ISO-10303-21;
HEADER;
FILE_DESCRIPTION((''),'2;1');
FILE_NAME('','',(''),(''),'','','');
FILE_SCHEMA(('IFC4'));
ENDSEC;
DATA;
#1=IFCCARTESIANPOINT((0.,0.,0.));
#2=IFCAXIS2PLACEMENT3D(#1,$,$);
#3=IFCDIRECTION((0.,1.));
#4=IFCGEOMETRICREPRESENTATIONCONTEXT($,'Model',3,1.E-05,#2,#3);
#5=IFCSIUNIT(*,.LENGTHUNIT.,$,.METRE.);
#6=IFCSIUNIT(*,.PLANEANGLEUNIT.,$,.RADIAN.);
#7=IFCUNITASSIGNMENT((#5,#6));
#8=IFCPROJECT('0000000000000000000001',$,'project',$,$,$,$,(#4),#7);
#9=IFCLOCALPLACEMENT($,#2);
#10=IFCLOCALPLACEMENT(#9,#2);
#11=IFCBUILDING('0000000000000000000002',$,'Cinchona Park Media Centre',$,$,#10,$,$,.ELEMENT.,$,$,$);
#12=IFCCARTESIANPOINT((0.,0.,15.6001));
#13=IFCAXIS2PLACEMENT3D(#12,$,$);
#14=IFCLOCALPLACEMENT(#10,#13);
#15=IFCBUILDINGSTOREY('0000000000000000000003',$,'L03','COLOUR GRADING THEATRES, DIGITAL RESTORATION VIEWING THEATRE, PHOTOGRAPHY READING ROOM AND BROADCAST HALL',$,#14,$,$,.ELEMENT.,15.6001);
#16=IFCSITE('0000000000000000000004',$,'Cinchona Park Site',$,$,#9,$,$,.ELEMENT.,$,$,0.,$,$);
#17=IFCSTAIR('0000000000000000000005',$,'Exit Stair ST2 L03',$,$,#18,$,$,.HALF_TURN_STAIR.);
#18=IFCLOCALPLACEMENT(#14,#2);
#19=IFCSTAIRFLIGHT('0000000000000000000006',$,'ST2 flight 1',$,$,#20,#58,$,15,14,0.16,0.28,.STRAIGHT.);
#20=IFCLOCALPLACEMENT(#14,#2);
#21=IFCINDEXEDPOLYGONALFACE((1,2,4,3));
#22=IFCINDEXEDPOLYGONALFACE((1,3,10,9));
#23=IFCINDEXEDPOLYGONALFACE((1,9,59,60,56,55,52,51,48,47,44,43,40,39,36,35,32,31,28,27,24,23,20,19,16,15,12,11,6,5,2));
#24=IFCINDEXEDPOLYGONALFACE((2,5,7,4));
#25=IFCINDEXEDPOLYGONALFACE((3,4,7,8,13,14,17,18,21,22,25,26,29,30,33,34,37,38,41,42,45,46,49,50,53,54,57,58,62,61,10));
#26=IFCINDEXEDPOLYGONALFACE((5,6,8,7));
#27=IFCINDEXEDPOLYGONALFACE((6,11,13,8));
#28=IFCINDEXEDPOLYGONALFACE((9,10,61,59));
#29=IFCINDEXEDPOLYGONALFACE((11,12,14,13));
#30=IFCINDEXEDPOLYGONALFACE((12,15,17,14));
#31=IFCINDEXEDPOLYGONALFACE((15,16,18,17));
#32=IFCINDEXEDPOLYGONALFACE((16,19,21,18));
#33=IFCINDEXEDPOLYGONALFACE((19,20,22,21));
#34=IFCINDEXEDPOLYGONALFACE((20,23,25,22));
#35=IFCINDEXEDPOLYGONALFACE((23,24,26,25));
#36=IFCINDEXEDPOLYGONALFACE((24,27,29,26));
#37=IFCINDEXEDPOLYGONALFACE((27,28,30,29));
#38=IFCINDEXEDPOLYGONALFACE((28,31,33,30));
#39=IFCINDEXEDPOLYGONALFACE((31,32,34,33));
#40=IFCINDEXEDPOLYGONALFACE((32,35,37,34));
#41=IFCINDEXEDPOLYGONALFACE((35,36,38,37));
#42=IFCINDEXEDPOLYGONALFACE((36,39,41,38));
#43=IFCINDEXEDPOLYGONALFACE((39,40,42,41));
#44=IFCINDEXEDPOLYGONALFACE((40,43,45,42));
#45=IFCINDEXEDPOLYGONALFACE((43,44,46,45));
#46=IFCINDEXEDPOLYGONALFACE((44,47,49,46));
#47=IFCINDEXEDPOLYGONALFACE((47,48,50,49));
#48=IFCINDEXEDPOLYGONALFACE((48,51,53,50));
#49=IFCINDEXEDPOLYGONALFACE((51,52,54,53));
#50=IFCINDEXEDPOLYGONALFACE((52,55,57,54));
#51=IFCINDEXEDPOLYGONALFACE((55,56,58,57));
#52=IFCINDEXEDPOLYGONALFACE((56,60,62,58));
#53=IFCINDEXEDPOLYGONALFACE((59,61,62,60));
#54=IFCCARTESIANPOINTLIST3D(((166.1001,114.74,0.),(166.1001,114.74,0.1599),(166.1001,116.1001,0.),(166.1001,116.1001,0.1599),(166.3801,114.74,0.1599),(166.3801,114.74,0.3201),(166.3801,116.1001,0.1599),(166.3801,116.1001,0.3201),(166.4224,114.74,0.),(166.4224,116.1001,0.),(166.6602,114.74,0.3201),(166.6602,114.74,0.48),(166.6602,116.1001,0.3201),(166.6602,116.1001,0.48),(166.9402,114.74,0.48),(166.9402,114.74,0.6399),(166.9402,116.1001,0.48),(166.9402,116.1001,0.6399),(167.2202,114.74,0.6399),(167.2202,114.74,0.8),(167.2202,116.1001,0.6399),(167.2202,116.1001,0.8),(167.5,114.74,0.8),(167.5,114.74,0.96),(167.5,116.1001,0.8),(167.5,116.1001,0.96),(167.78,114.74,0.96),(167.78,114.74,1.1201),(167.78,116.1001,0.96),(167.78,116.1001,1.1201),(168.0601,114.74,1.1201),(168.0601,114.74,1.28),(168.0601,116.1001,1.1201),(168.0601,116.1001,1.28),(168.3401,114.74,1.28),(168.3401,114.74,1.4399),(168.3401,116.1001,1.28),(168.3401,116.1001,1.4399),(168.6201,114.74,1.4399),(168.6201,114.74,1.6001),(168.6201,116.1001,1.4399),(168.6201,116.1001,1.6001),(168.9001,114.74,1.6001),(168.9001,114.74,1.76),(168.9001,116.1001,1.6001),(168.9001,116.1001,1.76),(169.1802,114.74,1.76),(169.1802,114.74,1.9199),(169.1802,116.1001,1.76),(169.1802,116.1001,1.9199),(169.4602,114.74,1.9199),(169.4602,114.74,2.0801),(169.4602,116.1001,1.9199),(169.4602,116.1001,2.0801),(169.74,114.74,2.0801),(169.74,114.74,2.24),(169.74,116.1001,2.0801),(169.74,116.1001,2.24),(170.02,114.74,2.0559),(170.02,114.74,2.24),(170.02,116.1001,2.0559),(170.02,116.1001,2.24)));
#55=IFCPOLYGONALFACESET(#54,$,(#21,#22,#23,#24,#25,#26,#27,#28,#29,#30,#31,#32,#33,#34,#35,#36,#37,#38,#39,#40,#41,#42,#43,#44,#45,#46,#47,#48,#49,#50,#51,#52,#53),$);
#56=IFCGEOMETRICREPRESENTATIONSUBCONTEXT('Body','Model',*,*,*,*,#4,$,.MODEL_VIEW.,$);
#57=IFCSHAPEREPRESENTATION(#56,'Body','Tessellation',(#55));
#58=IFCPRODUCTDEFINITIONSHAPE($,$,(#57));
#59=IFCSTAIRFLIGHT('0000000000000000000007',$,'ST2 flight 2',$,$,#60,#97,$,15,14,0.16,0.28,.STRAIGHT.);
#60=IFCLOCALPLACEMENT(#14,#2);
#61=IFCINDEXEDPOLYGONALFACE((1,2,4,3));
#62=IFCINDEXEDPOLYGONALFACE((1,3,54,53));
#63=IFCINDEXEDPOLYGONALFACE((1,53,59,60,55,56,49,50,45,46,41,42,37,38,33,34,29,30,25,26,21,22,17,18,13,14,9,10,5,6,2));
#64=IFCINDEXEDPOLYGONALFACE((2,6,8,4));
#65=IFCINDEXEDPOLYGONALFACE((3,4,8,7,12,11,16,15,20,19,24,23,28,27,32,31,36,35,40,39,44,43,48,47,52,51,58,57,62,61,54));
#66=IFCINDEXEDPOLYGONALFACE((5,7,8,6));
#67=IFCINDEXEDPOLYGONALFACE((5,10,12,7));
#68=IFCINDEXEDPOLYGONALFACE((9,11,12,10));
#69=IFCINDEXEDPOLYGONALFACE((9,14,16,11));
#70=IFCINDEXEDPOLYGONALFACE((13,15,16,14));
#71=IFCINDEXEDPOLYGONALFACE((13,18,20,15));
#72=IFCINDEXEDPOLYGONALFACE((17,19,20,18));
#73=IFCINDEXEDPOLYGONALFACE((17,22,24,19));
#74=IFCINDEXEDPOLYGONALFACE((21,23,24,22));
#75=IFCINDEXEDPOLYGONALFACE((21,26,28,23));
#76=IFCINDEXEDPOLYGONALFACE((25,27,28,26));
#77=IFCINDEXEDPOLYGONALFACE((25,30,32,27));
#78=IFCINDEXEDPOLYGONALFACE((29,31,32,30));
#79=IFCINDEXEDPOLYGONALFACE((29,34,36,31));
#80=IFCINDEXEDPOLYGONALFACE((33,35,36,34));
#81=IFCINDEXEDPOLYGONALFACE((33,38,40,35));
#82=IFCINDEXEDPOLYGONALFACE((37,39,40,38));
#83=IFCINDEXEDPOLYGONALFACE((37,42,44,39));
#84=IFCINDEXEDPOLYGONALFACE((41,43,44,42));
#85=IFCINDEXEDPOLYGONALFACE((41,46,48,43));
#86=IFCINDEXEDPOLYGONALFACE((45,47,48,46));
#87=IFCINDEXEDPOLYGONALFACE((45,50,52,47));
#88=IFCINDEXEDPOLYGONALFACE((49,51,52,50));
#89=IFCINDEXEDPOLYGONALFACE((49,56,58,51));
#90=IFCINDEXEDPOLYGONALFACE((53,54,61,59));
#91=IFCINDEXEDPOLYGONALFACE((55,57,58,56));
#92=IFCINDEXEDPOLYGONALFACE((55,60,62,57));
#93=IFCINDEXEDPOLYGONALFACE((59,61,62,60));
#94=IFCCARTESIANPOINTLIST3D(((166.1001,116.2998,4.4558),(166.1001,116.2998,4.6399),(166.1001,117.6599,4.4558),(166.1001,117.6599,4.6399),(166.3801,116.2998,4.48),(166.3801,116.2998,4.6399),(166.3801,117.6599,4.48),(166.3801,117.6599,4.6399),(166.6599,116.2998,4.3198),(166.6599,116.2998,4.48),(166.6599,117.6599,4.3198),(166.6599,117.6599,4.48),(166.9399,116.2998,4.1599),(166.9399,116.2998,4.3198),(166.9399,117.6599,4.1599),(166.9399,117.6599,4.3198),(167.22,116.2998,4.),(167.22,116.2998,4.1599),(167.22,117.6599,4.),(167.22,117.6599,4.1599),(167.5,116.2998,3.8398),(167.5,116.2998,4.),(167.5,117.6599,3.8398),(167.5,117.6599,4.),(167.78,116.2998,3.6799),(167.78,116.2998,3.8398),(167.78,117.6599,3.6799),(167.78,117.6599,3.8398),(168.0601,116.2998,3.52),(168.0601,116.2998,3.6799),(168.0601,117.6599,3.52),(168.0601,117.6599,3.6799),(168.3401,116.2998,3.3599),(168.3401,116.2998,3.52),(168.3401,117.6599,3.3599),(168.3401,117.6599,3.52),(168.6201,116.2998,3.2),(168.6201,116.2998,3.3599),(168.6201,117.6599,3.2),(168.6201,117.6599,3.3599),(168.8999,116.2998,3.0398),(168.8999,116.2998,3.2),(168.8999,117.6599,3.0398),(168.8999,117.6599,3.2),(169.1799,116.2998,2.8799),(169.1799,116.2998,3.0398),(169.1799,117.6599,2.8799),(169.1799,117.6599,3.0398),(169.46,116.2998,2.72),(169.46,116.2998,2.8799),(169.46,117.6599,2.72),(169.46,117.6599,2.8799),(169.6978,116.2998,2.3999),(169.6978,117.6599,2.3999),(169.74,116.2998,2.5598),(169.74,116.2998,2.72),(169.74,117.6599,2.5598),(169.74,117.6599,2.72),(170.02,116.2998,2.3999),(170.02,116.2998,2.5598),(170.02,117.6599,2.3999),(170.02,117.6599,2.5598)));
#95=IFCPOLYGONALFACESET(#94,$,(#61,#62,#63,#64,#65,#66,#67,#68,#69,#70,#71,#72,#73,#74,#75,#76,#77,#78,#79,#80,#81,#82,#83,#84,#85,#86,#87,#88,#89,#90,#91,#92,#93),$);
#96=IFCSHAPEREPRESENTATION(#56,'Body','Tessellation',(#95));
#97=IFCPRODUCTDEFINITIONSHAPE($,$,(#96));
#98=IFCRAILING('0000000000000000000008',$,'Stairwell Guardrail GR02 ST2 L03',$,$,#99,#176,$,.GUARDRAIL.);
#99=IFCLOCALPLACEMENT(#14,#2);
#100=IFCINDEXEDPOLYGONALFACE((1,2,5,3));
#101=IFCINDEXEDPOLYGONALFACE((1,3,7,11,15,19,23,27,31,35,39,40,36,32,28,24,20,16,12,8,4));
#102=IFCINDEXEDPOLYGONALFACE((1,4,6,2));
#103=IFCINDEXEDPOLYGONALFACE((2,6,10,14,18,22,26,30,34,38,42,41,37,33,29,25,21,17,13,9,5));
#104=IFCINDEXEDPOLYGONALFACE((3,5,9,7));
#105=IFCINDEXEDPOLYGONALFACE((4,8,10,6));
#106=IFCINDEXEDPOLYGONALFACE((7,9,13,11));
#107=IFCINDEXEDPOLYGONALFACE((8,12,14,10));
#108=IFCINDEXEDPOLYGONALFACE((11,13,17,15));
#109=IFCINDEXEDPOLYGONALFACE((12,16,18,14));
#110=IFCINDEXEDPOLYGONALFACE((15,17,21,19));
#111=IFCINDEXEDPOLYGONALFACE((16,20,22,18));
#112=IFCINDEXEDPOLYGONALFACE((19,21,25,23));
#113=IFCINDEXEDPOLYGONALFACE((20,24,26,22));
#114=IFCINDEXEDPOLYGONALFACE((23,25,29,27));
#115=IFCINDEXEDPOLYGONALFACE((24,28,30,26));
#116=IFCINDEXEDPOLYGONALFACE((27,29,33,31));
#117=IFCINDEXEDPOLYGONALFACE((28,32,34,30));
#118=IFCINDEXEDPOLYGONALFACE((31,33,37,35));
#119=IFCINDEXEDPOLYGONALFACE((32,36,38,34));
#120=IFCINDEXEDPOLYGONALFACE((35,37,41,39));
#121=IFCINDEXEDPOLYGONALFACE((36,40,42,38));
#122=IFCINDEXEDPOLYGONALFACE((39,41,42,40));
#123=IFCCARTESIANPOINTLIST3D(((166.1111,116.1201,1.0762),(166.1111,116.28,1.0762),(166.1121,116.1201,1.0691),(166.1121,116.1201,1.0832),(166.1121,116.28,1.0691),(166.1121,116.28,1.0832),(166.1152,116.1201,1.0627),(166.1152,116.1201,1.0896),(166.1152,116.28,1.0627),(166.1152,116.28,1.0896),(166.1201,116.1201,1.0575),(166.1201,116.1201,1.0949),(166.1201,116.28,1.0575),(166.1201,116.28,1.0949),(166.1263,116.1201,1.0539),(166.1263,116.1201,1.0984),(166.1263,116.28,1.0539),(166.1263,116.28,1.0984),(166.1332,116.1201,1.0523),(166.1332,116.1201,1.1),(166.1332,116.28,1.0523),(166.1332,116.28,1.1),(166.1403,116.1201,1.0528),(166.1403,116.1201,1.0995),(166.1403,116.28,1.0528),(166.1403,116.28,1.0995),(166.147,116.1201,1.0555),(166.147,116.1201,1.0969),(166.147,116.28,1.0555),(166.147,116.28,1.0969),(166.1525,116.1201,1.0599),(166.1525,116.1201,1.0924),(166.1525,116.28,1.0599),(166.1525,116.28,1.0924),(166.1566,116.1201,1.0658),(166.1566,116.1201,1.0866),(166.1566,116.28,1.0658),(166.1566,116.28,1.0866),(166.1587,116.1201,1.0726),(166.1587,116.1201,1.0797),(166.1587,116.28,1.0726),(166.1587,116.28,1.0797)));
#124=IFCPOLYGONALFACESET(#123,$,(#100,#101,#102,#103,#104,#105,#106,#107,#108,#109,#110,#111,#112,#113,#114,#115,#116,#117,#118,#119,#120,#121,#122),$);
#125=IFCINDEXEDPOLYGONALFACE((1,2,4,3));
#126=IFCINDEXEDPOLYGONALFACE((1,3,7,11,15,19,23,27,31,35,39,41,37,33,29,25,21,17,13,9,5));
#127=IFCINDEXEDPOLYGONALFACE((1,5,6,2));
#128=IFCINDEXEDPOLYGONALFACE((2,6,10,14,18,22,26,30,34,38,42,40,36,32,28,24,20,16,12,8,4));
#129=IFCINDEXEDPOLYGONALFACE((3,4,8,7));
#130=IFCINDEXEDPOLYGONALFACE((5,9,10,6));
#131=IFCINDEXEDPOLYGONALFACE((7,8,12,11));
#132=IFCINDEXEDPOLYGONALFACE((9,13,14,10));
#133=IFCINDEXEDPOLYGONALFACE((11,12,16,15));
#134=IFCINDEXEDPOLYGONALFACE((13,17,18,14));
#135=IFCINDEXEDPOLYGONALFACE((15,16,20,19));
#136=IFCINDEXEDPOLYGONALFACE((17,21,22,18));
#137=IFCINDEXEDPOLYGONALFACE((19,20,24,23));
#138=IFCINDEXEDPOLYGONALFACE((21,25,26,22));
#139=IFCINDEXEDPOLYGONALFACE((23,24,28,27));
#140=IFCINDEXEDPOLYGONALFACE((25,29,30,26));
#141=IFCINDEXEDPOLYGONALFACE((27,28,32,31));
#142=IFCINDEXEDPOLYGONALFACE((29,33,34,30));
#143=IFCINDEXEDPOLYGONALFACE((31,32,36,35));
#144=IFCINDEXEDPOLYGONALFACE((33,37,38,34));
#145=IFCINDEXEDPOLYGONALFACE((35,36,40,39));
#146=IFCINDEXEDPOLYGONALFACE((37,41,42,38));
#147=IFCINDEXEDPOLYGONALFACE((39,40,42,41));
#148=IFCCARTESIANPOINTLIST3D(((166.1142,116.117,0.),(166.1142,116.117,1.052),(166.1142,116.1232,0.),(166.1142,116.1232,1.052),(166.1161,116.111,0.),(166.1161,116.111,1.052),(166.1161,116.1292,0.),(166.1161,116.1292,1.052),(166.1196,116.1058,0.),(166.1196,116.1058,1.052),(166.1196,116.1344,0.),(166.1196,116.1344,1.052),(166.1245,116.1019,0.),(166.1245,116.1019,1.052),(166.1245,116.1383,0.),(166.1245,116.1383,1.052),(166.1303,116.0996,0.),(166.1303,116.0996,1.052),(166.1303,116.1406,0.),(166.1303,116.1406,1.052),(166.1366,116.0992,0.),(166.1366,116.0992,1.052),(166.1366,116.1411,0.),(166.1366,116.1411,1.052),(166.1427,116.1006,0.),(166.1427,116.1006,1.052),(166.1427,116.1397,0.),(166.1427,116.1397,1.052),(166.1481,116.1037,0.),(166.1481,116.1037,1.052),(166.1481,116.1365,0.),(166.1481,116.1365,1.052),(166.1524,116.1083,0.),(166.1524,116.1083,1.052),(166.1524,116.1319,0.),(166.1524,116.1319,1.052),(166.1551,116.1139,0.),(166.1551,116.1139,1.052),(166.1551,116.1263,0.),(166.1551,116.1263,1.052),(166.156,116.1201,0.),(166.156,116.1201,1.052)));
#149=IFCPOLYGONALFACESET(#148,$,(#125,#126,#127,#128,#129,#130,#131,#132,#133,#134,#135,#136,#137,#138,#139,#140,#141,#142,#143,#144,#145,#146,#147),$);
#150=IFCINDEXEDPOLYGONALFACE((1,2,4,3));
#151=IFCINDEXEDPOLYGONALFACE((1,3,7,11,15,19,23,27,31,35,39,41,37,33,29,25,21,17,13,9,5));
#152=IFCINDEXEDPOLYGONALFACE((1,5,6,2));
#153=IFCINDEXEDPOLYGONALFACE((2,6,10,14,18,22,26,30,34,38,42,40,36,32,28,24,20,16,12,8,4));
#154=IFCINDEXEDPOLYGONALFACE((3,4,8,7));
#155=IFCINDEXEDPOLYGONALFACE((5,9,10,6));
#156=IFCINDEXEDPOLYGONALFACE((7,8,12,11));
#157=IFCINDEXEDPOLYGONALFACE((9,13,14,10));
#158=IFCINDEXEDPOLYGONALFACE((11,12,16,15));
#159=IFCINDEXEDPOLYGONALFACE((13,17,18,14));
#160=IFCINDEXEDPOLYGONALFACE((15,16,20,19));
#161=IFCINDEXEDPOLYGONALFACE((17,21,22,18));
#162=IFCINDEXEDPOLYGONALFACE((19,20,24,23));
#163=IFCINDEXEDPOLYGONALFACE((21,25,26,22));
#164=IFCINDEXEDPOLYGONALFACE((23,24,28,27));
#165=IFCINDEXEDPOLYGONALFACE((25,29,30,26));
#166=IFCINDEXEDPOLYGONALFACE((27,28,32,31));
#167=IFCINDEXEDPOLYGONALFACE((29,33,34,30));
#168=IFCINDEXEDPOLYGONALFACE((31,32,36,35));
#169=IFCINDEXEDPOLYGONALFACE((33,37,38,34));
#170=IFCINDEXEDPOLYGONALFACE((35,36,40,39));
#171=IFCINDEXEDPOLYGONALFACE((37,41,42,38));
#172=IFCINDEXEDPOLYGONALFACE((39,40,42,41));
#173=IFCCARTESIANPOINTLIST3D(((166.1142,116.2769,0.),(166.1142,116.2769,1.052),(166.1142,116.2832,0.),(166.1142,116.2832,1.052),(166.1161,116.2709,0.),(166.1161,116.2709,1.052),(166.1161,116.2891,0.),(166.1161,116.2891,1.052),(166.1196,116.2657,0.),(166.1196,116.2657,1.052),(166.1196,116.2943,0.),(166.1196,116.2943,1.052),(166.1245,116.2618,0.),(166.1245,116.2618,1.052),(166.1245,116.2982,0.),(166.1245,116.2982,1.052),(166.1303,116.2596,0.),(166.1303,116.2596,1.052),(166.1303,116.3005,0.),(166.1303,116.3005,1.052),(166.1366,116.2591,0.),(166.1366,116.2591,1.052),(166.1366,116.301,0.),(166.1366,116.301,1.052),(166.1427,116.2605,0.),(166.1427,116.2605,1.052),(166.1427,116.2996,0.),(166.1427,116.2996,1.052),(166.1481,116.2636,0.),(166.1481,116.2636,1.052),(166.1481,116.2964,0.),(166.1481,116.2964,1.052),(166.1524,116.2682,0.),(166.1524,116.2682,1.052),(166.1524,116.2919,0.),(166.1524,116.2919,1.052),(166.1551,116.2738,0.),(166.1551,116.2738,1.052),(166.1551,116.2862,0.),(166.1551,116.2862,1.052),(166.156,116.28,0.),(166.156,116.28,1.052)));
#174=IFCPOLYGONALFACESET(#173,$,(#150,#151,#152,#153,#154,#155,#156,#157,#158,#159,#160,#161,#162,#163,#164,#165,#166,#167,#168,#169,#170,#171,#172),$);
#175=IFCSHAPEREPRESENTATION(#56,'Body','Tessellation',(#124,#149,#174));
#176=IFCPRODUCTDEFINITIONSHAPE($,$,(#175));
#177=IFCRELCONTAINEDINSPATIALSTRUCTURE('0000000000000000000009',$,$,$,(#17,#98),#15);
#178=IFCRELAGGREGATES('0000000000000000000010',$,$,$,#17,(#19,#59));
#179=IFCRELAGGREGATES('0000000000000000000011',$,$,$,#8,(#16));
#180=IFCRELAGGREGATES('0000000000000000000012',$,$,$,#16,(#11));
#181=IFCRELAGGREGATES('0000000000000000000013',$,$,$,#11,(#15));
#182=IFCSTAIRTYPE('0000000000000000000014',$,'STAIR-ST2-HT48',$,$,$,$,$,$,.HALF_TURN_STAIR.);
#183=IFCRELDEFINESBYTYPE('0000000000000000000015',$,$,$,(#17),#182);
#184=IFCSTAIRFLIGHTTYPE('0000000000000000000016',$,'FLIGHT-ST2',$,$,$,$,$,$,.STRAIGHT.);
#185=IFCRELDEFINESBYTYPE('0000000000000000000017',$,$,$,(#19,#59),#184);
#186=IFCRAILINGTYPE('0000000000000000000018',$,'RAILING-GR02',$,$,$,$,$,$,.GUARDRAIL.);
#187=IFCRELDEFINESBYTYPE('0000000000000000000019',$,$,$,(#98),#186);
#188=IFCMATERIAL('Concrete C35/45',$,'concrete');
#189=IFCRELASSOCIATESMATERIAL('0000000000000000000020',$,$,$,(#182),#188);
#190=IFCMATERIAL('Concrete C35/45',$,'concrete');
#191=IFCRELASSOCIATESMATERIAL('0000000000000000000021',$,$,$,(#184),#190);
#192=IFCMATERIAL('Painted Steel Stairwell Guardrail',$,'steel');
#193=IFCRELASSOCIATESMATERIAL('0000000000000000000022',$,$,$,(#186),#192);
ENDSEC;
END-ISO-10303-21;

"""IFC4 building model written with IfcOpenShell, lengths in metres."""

from ifc_helpers import new_model, si_unit, direction, frame, origin, origin_2d, place, context, subcontext, project, spatial, polyline, circle, outline, extrude, material, type_object, element, aggregate, save


model = new_model("IFC4")

# Units and contexts
model_context = context("Model", 3, precision=1e-05, world=origin(), true_north=direction((0.0, 1.0)))
body_context = subcontext(model_context, "Body", "Model", "MODEL_VIEW")
ifc_project = project(units=[si_unit("LENGTHUNIT", "METRE"), si_unit("PLANEANGLEUNIT", "RADIAN")], contexts=[model_context])

# Site, building, storey
site_placement = place(None, origin())
site = spatial("IfcSite", under=ifc_project, at=site_placement, Name="Cinchona Park Site", CompositionType="ELEMENT", RefElevation=0.0)
building_placement = place(site_placement, origin())
building = spatial("IfcBuilding", under=site, at=building_placement, Name="Cinchona Park Media Centre", CompositionType="ELEMENT")
storey_placement = place(building_placement, frame((0.0, 0.0, 15.6001)))
storey = spatial("IfcBuildingStorey", under=building, at=storey_placement, Name="L03", Description="COLOUR GRADING THEATRES, DIGITAL RESTORATION VIEWING THEATRE, PHOTOGRAPHY READING ROOM AND BROADCAST HALL", CompositionType="ELEMENT", Elevation=15.6001)

# Stair, stair flights
ifc_material_1 = material(Name="Concrete C35/45", Category="concrete")
stair_type = type_object("IfcStairType", Name="STAIR-ST2-HT48", PredefinedType="HALF_TURN_STAIR", material=ifc_material_1)
stair_placement = place(storey_placement, origin())
stair = element("IfcStair", 1, at=stair_placement, inside=storey, type_object=stair_type, Name="Exit Stair ST2 L03", PredefinedType="HALF_TURN_STAIR")
ifc_material_2 = material(Name="Concrete C35/45", Category="concrete")
stair_flight_type = type_object("IfcStairFlightType", Name="FLIGHT-ST2", PredefinedType="STRAIGHT", material=ifc_material_2)
stair_flight_1_placement = place(storey_placement, frame((166.1001, 115.4199, 0.0), z_axis=(0.0, 0.0, 1.0), x_axis=(1.0, 0.0, 0.0)))
stair_flight_1 = element("IfcStairFlight", 2, at=stair_flight_1_placement, type_object=stair_flight_type, Name="ST2 flight 1", NumberOfRisers=15, NumberOfTreads=14, PredefinedType="STRAIGHT", RiserHeight=0.16, TreadLength=0.28, context=body_context, shape_type="SweptSolid", body=[
    extrude(outline(polyline([(0.0, 0.0), (0.0, 0.1599), (0.28, 0.1599), (0.28, 0.3201), (0.5601, 0.3201), (0.5601, 0.48), (0.8401, 0.48), (0.8401, 0.6399), (1.1201, 0.6399), (1.1201, 0.8), (1.3999, 0.8), (1.3999, 0.96), (1.6799, 0.96), (1.6799, 1.1201), (1.96, 1.1201), (1.96, 1.28), (2.24, 1.28), (2.24, 1.4399), (2.52, 1.4399), (2.52, 1.6001), (2.8, 1.6001), (2.8, 1.76), (3.0801, 1.76), (3.0801, 1.9199), (3.3601, 1.9199), (3.3601, 2.0801), (3.6399, 2.0801), (3.6399, 2.24), (3.9199, 2.24), (3.9199, 2.3999), (3.9199, 2.0559), (0.3223, 0.0), (0.0, 0.0)])), frame((0.0, 0.6802, 0.0), z_axis=(0.0, -1.0, 0.0), x_axis=(1.0, 0.0, 0.0)), (0.0, 0.0, 1.0), 1.3601),
])
stair_flight_2_placement = place(storey_placement, frame((170.02, 116.98, 2.3999), z_axis=(0.0, 0.0, 1.0), x_axis=(-1.0, 0.0, 0.0)))
stair_flight_2 = element("IfcStairFlight", 3, at=stair_flight_2_placement, type_object=stair_flight_type, Name="ST2 flight 2", NumberOfRisers=15, NumberOfTreads=14, PredefinedType="STRAIGHT", RiserHeight=0.16, TreadLength=0.28, context=body_context, shape_type="SweptSolid", body=[
    extrude(outline(polyline([(0.0, 0.0), (0.0, 0.1599), (0.28, 0.1599), (0.28, 0.3201), (0.5601, 0.3201), (0.5601, 0.48), (0.8401, 0.48), (0.8401, 0.6399), (1.1201, 0.6399), (1.1201, 0.8), (1.3999, 0.8), (1.3999, 0.96), (1.6799, 0.96), (1.6799, 1.1201), (1.96, 1.1201), (1.96, 1.28), (2.24, 1.28), (2.24, 1.4399), (2.52, 1.4399), (2.52, 1.6001), (2.8, 1.6001), (2.8, 1.76), (3.0801, 1.76), (3.0801, 1.9199), (3.3601, 1.9199), (3.3601, 2.0801), (3.6399, 2.0801), (3.6399, 2.24), (3.9199, 2.24), (3.9199, 2.3999), (3.9199, 2.0559), (0.3223, 0.0), (0.0, 0.0)])), frame((0.0, 0.6802, 0.0), z_axis=(0.0, -1.0, 0.0), x_axis=(1.0, 0.0, 0.0)), (0.0, 0.0, 1.0), 1.3601),
])
aggregate(stair, [stair_flight_1, stair_flight_2])

# Railing
ifc_material_3 = material(Name="Painted Steel Stairwell Guardrail", Category="steel")
railing_type_1 = type_object("IfcRailingType", Name="RAILING-GR02", PredefinedType="GUARDRAIL", material=ifc_material_3)
for number, where, name in (
    (4, (166.135, 116.1201, 0.0), "Stairwell Guardrail GR02 ST2 L03"),
):
    element("IfcRailing", number, at=place(storey_placement, frame(where)), inside=storey, type_object=railing_type_1, Name=name, PredefinedType="GUARDRAIL", context=body_context, shape_type="SweptSolid", body=[
        extrude(circle(Radius=0.0239, at=origin_2d()), frame((0.0, 0.0, 1.0762), z_axis=(0.0, 1.0, 0.0), x_axis=(-1.0, 0.0, 0.0)), (0.0, 0.0, 1.0), 0.1599),
        extrude(circle(Radius=0.021, at=origin_2d()), origin(), (0.0, 0.0, 1.0), 1.052),
        extrude(circle(Radius=0.021, at=origin_2d()), frame((0.0, 0.1599, 0.0)), (0.0, 0.0, 1.0), 1.052),
    ])

save(model, "model.ifc")
